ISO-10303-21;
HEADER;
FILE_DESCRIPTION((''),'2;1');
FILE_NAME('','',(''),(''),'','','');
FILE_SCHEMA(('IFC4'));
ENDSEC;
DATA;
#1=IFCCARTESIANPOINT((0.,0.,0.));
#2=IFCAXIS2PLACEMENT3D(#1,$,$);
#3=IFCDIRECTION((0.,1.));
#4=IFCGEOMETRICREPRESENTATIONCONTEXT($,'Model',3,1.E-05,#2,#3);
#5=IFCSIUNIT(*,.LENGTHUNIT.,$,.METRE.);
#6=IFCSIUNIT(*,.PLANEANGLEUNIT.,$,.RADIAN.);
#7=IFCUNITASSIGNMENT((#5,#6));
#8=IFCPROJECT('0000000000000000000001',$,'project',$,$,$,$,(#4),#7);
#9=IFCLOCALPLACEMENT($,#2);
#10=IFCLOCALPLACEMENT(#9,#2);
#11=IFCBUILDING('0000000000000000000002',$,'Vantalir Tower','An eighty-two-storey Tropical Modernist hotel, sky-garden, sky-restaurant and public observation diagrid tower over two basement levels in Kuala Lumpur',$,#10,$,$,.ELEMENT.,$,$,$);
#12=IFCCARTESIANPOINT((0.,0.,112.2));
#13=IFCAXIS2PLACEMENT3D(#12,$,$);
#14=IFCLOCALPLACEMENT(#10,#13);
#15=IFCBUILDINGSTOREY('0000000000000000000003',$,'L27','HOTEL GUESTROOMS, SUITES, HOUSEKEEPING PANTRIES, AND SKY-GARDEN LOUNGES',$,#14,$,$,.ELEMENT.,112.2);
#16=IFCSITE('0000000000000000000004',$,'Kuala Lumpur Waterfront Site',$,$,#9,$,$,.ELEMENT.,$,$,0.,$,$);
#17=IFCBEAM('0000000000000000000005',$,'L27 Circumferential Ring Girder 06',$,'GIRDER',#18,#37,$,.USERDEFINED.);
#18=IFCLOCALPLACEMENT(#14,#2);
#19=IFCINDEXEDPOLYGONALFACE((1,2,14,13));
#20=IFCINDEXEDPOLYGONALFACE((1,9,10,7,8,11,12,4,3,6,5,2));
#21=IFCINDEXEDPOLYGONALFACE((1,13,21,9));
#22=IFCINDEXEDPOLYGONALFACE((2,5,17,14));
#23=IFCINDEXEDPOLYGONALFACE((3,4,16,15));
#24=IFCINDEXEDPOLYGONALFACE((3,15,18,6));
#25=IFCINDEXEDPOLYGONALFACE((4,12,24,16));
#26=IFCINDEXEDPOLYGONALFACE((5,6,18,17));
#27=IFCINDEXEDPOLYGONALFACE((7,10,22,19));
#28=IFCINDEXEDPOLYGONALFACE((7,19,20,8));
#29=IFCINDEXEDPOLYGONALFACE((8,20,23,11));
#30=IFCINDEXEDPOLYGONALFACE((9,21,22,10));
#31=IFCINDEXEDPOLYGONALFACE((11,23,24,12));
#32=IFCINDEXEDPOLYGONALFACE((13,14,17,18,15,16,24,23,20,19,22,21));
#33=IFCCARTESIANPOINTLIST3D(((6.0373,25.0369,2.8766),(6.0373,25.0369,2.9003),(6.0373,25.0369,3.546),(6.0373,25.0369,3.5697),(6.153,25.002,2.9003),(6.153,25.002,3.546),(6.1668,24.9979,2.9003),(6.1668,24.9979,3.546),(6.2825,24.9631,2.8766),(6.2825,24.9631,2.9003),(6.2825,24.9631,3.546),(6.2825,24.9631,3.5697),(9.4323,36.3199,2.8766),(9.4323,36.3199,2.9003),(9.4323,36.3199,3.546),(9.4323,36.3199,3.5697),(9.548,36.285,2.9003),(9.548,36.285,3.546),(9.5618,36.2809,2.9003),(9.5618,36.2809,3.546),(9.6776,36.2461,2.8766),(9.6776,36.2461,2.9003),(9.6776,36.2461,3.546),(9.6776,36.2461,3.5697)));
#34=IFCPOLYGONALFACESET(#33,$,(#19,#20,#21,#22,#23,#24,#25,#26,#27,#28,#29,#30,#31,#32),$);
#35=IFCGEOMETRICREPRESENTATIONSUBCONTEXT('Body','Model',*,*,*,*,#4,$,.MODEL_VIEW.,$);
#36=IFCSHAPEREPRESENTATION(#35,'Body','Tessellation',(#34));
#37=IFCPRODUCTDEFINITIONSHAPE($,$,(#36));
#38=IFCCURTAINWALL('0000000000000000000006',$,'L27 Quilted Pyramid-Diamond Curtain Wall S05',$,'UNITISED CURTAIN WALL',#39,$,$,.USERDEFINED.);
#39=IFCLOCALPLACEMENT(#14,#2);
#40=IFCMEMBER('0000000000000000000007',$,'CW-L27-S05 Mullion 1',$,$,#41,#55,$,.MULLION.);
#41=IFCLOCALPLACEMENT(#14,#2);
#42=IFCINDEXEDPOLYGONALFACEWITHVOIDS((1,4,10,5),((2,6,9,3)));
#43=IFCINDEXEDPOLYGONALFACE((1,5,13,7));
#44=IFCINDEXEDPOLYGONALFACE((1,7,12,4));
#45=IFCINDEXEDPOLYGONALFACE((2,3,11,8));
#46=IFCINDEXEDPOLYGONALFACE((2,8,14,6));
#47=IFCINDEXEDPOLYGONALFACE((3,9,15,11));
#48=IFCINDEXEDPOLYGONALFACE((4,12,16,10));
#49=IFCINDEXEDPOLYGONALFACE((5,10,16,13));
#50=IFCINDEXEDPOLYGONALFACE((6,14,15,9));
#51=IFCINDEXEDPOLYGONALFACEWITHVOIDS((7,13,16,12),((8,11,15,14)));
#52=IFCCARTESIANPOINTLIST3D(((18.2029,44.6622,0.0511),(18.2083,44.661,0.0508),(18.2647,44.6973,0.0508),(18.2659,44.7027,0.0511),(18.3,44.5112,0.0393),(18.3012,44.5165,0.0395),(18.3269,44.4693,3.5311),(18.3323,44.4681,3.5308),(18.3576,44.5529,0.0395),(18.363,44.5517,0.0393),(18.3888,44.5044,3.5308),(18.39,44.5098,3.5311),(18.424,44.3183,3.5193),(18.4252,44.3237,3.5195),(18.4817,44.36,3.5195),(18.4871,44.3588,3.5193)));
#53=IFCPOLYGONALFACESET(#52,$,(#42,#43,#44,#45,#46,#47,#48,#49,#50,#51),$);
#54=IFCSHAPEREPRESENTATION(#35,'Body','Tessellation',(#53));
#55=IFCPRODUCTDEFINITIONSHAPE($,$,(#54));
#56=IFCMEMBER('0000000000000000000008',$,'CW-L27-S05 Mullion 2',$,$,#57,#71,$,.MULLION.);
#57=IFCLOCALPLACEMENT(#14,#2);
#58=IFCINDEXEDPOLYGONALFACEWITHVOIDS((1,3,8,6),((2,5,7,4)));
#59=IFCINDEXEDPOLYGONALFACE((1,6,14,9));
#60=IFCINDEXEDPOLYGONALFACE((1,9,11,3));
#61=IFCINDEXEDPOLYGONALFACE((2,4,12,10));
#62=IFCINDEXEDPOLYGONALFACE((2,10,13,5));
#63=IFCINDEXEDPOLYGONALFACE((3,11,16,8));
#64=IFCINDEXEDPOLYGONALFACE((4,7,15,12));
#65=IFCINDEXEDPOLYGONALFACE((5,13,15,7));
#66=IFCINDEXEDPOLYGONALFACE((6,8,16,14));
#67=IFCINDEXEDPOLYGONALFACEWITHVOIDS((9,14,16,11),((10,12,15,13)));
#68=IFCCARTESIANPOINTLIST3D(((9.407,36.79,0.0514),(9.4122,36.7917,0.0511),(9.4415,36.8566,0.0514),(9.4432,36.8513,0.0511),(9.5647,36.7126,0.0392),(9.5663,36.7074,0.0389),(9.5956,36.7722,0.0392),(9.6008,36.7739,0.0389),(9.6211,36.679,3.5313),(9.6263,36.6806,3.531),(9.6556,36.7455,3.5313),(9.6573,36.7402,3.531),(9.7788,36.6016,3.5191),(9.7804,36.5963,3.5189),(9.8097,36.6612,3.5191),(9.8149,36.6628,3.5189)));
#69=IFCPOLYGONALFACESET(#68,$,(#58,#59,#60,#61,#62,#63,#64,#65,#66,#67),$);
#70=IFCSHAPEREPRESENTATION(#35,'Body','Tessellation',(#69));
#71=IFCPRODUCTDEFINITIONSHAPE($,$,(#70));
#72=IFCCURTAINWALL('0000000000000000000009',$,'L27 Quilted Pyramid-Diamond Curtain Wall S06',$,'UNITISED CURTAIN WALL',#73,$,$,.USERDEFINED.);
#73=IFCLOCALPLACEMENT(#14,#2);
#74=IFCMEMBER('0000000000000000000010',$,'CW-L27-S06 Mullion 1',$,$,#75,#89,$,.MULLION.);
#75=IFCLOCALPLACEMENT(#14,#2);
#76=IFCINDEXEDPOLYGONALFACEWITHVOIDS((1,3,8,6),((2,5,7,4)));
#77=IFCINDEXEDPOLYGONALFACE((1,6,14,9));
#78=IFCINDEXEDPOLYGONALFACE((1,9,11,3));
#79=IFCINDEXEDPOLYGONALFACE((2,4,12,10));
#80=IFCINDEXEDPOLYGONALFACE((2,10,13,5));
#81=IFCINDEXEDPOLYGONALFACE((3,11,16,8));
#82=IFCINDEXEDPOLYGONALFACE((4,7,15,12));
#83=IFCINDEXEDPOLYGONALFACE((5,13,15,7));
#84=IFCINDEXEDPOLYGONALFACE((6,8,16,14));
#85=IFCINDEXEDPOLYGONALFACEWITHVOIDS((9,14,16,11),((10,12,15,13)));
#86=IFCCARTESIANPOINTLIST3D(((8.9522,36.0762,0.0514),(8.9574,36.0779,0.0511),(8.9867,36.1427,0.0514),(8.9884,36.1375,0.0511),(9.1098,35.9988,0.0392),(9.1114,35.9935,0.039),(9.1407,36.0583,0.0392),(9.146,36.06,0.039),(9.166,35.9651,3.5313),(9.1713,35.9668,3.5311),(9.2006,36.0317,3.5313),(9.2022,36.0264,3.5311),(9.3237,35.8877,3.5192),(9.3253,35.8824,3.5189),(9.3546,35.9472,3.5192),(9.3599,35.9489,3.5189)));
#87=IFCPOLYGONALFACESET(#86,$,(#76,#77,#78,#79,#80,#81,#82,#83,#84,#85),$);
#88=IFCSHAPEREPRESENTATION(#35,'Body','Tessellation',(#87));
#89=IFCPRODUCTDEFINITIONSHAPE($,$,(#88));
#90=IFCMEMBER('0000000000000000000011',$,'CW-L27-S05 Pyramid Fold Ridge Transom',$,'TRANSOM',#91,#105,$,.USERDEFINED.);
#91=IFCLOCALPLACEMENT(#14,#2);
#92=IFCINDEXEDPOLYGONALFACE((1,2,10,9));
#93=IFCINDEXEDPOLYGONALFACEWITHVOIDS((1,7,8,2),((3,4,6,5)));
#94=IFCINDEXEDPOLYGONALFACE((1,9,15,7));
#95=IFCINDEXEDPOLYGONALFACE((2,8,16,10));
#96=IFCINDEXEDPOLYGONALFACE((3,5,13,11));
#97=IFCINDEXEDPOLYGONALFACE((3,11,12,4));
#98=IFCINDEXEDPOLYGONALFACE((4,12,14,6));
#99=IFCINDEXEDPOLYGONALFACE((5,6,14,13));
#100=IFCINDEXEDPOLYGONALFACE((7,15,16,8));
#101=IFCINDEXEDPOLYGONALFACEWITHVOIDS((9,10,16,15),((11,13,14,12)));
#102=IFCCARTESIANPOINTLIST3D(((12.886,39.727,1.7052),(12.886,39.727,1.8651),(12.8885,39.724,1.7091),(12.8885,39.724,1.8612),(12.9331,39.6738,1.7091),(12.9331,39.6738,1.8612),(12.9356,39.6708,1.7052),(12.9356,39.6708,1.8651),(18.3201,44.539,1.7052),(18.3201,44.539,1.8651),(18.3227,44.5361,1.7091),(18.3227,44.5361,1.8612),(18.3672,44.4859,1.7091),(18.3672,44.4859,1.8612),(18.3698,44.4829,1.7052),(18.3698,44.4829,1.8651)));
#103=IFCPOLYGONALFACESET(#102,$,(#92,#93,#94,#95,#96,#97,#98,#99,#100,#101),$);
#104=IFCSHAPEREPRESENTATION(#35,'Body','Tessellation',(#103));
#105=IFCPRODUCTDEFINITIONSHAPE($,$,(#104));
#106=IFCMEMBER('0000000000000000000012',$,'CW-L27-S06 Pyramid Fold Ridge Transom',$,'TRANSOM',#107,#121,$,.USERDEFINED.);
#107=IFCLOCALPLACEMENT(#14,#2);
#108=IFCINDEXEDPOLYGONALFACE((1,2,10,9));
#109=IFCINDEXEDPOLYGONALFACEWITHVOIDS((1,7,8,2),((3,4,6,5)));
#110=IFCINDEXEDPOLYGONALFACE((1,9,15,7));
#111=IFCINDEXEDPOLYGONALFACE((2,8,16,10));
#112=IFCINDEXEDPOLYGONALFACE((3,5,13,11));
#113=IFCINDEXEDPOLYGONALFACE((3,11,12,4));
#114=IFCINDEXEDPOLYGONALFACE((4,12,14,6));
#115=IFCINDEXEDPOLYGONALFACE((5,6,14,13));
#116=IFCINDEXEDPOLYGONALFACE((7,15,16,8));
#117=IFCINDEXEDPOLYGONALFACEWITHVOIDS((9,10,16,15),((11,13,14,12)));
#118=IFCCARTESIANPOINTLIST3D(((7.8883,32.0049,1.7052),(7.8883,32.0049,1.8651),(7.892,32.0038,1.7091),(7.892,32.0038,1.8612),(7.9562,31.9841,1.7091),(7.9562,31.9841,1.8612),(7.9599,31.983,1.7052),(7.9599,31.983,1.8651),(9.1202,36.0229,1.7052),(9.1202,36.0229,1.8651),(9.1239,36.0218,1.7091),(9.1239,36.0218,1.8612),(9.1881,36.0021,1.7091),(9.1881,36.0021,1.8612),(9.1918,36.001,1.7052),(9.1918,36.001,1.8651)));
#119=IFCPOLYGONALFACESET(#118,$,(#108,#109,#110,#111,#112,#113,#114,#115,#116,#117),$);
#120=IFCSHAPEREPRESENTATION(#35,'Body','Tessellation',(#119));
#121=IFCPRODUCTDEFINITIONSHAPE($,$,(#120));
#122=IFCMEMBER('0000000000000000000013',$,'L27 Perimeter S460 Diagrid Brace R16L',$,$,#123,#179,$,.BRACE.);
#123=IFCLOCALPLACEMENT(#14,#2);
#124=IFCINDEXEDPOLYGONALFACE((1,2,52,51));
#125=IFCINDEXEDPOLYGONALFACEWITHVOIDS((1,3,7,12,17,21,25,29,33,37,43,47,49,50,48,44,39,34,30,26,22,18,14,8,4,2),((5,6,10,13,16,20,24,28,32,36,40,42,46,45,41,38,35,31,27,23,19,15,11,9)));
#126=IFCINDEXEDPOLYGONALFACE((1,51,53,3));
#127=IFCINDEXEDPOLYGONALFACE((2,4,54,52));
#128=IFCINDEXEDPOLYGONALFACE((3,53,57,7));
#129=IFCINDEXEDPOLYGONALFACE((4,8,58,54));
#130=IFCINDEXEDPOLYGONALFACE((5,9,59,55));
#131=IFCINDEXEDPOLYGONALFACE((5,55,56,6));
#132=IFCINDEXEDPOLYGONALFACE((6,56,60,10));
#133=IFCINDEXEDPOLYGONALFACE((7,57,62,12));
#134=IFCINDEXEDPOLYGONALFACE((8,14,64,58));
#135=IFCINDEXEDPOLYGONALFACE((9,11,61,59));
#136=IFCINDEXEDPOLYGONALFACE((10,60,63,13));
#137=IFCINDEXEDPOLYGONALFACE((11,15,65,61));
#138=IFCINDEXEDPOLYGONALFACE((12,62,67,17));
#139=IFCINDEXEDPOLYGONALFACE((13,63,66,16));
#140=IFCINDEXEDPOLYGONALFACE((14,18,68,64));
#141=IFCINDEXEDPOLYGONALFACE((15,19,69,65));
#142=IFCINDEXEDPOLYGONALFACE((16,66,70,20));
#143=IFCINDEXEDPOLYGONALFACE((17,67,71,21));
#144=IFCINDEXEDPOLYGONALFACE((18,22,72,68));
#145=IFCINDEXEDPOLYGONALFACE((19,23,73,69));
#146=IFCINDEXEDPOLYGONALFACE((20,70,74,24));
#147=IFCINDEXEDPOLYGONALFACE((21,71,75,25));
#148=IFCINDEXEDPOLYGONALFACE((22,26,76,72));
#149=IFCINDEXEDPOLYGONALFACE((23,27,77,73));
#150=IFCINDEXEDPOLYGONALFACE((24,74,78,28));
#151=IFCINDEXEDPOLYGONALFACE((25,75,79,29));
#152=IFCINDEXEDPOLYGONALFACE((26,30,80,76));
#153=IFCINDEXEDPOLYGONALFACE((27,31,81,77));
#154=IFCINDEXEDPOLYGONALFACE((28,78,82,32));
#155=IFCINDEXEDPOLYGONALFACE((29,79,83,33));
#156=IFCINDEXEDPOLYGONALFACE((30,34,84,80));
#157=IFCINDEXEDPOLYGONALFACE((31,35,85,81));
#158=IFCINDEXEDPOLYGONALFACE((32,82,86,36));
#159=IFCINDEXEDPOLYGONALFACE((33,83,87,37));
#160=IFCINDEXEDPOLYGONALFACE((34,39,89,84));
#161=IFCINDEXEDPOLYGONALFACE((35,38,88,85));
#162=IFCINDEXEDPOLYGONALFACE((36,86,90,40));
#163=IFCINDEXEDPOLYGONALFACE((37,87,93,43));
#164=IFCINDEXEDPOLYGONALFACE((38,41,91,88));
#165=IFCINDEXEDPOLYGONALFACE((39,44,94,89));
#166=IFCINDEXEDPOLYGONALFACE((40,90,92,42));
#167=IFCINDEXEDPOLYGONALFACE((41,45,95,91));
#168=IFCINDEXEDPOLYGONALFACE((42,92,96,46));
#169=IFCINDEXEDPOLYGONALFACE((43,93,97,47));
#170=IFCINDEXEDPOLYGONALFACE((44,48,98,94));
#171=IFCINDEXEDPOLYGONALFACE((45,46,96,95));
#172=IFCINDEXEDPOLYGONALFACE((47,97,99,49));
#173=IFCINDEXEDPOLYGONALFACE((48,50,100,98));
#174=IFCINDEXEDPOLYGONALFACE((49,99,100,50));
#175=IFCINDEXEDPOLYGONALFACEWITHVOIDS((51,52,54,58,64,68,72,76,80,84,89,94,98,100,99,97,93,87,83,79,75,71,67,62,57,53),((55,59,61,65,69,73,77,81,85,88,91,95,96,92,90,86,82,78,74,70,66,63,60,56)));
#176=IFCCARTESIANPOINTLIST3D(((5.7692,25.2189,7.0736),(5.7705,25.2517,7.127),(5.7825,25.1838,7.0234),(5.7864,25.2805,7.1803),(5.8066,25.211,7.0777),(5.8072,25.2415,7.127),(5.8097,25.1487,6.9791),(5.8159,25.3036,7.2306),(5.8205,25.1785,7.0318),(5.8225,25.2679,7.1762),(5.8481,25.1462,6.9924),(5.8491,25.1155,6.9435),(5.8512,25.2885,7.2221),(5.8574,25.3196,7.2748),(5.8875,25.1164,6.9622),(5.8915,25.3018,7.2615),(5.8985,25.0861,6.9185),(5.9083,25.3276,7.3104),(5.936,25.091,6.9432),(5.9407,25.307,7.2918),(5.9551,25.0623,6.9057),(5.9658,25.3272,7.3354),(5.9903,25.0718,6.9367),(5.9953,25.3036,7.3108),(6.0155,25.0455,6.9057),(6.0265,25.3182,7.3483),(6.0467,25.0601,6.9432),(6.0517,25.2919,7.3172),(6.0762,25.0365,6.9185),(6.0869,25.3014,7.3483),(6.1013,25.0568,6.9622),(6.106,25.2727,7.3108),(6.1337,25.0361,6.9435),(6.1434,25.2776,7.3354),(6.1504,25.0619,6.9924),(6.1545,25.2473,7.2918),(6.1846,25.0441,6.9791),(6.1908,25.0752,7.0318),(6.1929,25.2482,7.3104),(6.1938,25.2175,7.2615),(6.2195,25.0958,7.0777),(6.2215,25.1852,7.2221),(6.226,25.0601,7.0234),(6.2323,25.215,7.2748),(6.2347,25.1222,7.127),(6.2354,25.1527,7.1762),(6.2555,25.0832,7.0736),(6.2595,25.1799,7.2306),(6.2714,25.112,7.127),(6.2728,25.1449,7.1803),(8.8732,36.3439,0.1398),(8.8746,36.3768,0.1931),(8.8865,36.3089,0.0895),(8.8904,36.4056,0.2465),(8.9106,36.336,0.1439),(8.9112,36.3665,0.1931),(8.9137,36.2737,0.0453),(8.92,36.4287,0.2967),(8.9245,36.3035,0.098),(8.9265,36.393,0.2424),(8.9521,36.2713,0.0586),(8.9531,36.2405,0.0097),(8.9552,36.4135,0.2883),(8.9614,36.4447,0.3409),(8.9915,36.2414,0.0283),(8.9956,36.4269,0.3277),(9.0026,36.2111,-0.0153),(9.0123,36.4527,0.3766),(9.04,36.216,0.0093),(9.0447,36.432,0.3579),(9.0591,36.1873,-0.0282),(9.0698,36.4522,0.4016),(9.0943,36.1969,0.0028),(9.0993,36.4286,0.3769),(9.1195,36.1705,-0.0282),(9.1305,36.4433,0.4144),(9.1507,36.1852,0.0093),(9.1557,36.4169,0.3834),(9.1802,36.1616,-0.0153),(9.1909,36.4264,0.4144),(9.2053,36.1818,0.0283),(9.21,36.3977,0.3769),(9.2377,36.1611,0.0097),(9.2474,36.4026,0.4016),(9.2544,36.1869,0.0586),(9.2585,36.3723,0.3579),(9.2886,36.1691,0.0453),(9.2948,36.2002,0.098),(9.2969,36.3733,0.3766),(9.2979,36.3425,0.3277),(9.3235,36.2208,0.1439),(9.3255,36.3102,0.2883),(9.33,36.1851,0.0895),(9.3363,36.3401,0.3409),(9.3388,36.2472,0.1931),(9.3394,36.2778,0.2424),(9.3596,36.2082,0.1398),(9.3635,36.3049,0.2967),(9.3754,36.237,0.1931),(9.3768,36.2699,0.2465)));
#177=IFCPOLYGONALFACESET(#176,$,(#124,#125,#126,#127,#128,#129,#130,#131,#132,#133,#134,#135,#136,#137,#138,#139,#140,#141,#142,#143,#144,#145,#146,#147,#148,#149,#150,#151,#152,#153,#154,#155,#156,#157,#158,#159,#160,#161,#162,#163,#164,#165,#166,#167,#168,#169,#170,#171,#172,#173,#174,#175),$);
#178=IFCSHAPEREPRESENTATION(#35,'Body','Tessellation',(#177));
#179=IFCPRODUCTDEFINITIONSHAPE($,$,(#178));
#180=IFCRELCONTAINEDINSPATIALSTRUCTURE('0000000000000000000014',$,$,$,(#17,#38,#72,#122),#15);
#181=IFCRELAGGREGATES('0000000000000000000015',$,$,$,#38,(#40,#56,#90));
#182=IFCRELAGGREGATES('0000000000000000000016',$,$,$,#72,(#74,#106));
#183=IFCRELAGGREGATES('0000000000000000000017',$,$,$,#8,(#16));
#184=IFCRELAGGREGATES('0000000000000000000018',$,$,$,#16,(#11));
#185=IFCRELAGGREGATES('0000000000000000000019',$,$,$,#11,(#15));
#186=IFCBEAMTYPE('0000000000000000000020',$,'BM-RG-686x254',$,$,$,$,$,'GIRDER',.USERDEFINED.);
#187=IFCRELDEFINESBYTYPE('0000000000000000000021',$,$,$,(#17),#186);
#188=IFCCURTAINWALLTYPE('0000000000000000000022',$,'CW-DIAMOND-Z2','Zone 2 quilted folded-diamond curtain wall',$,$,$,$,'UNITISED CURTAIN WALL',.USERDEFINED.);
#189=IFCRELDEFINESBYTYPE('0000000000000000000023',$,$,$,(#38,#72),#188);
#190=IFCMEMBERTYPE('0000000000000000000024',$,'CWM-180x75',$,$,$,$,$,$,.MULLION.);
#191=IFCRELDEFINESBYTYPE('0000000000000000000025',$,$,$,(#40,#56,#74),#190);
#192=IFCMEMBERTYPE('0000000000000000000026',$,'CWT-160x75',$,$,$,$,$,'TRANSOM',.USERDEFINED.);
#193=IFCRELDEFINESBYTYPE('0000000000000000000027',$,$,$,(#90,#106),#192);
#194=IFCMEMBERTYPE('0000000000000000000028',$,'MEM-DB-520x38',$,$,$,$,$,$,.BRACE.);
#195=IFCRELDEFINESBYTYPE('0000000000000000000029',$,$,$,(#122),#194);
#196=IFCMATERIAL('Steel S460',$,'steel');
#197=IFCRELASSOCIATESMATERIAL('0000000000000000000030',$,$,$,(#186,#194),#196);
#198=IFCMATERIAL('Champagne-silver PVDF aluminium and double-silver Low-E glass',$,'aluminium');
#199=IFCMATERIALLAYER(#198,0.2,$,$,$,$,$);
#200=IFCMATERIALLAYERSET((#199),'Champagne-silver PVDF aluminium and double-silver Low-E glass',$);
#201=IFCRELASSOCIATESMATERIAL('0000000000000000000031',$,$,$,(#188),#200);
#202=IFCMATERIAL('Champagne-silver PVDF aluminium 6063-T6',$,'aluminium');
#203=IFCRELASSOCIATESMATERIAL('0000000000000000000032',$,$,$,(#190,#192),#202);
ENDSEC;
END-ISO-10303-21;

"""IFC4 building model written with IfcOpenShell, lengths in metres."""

from ifc_helpers import new_model, si_unit, direction, frame, origin, origin_2d, place, context, subcontext, project, spatial, hollow_rectangle, hollow_circle, i_section, extrude, material, layer, layer_set, material_profile, profile_set, type_object, element, aggregate, save


model = new_model("IFC4")

# Units and contexts
model_context = context("Model", 3, precision=1e-05, world=origin(), true_north=direction((0.0, 1.0)))
body_context = subcontext(model_context, "Body", "Model", "MODEL_VIEW")
ifc_project = project(units=[si_unit("LENGTHUNIT", "METRE"), si_unit("PLANEANGLEUNIT", "RADIAN")], contexts=[model_context])

# Site, building, storey
site_placement = place(None, origin())
site = spatial("IfcSite", under=ifc_project, at=site_placement, Name="Kuala Lumpur Waterfront Site", CompositionType="ELEMENT", RefElevation=0.0)
building_placement = place(site_placement, origin())
building = spatial("IfcBuilding", under=site, at=building_placement, Name="Vantalir Tower", Description="An eighty-two-storey Tropical Modernist hotel, sky-garden, sky-restaurant and public observation diagrid tower over two basement levels in Kuala Lumpur", CompositionType="ELEMENT")
storey_placement = place(building_placement, frame((0.0, 0.0, 112.2)))
storey = spatial("IfcBuildingStorey", under=building, at=storey_placement, Name="L27", Description="HOTEL GUESTROOMS, SUITES, HOUSEKEEPING PANTRIES, AND SKY-GARDEN LOUNGES", CompositionType="ELEMENT", Elevation=112.2)

# Shared definitions
ifc_material_1 = material(Name="Steel S460", Category="steel")

# Beam
ifc_material_profile_1 = material_profile(ifc_material_1, i_section(OverallWidth=0.2561, OverallDepth=0.6931, WebThickness=0.0144, FlangeThickness=0.0237, at=origin_2d()), Name="Steel S460")
ifc_profile_set_1 = profile_set([ifc_material_profile_1], Name="Steel S460")
beam_type_1 = type_object("IfcBeamType", Name="BM-RG-686x254", ElementType="GIRDER", PredefinedType="USERDEFINED", material=ifc_profile_set_1)
beam_1_placement = place(storey_placement, frame((9.5549, 36.283, 3.2231), z_axis=(-0.288137, -0.957589, 0.0), x_axis=(0.957589, -0.288137, 0.0)))
element("IfcBeam", 1, at=beam_1_placement, inside=storey, type_object=beam_type_1, Name="L27 Circumferential Ring Girder 06", ObjectType="GIRDER", PredefinedType="USERDEFINED", context=body_context, shape_type="SweptSolid", body=[
    extrude(i_section(OverallWidth=0.2561, OverallDepth=0.6931, WebThickness=0.0144, FlangeThickness=0.0237, at=origin_2d()), origin(), (0.0, 0.0, 1.0), 11.7827),
])

# Curtain wall, members
ifc_material_2 = material(Name="Champagne-silver PVDF aluminium and double-silver Low-E glass", Category="aluminium")
ifc_layer_1 = layer(ifc_material_2, 0.2)
ifc_layer_set_1 = layer_set([ifc_layer_1], Name="Champagne-silver PVDF aluminium and double-silver Low-E glass")
curtain_wall_type = type_object("IfcCurtainWallType", Name="CW-DIAMOND-Z2", Description="Zone 2 quilted folded-diamond curtain wall", ElementType="UNITISED CURTAIN WALL", PredefinedType="USERDEFINED", material=ifc_layer_set_1)
curtain_wall_1_placement = place(storey_placement, origin())
curtain_wall_1 = element("IfcCurtainWall", 2, at=curtain_wall_1_placement, inside=storey, type_object=curtain_wall_type, Name="L27 Quilted Pyramid-Diamond Curtain Wall S05", ObjectType="UNITISED CURTAIN WALL", PredefinedType="USERDEFINED")
ifc_material_3 = material(Name="Champagne-silver PVDF aluminium 6063-T6", Category="aluminium")
ifc_material_profile_2 = material_profile(ifc_material_3, hollow_rectangle(XDim=0.075, YDim=0.1799, WallThickness=0.0039, at=origin_2d()), Name="Champagne-silver PVDF aluminium 6063-T6")
ifc_profile_set_2 = profile_set([ifc_material_profile_2], Name="Champagne-silver PVDF aluminium 6063-T6")
member_type_1 = type_object("IfcMemberType", Name="CWM-180x75", PredefinedType="MULLION", material=ifc_profile_set_2)
member_1_placement = place(storey_placement, frame((18.283, 44.6069, 0.0452), z_axis=(0.035562, -0.055303, 0.997836), x_axis=(0.841109, 0.540865, 0.0)))
member_1 = element("IfcMember", 3, at=member_1_placement, type_object=member_type_1, Name="CW-L27-S05 Mullion 1", PredefinedType="MULLION", context=body_context, shape_type="SweptSolid", body=[
    extrude(hollow_rectangle(XDim=0.075, YDim=0.1799, WallThickness=0.0039, at=origin_2d()), origin(), (0.0, 0.0, 1.0), 3.4875),
])
member_2_placement = place(storey_placement, frame((9.5039, 36.782, 0.0452), z_axis=(0.061379, -0.031844, 0.997606), x_axis=(0.460524, 0.887647, 0.0)))
member_2 = element("IfcMember", 4, at=member_2_placement, type_object=member_type_1, Name="CW-L27-S05 Mullion 2", PredefinedType="MULLION", context=body_context, shape_type="SweptSolid", body=[
    extrude(hollow_rectangle(XDim=0.075, YDim=0.1799, WallThickness=0.0039, at=origin_2d()), origin(), (0.0, 0.0, 1.0), 3.4883),
])

# Curtain wall, member
curtain_wall_2_placement = place(storey_placement, origin())
curtain_wall_2 = element("IfcCurtainWall", 5, at=curtain_wall_2_placement, inside=storey, type_object=curtain_wall_type, Name="L27 Quilted Pyramid-Diamond Curtain Wall S06", ObjectType="UNITISED CURTAIN WALL", PredefinedType="USERDEFINED")
member_3_placement = place(storey_placement, frame((9.0491, 36.0681, 0.0452), z_axis=(0.06131, -0.031845, 0.997611), x_axis=(0.460938, 0.887432, 0.0)))
member_3 = element("IfcMember", 6, at=member_3_placement, type_object=member_type_1, Name="CW-L27-S06 Mullion 1", PredefinedType="MULLION", context=body_context, shape_type="SweptSolid", body=[
    extrude(hollow_rectangle(XDim=0.075, YDim=0.1799, WallThickness=0.0039, at=origin_2d()), origin(), (0.0, 0.0, 1.0), 3.4883),
])

# Members
ifc_material_profile_3 = material_profile(ifc_material_3, hollow_rectangle(XDim=0.075, YDim=0.1599, WallThickness=0.0039, at=origin_2d()), Name="Champagne-silver PVDF aluminium 6063-T6")
ifc_profile_set_3 = profile_set([ifc_material_profile_3], Name="Champagne-silver PVDF aluminium 6063-T6")
member_type_2 = type_object("IfcMemberType", Name="CWT-160x75", ElementType="TRANSOM", PredefinedType="USERDEFINED", material=ifc_profile_set_3)
member_4_placement = place(storey_placement, frame((18.345, 44.511, 1.7852), z_axis=(-0.748659, -0.662956, 0.0), x_axis=(0.662956, -0.748659, 0.0)))
member_4 = element("IfcMember", 7, at=member_4_placement, type_object=member_type_2, Name="CW-L27-S05 Pyramid Fold Ridge Transom", ObjectType="TRANSOM", PredefinedType="USERDEFINED", context=body_context, shape_type="SweptSolid", body=[
    extrude(hollow_rectangle(XDim=0.075, YDim=0.1599, WallThickness=0.0039, at=origin_2d()), origin(), (0.0, 0.0, 1.0), 7.2585),
])
member_5_placement = place(storey_placement, frame((9.156, 36.012, 1.7852), z_axis=(-0.29313, -0.956072, 0.0), x_axis=(0.956072, -0.29313, 0.0)))
member_5 = element("IfcMember", 8, at=member_5_placement, type_object=member_type_2, Name="CW-L27-S06 Pyramid Fold Ridge Transom", ObjectType="TRANSOM", PredefinedType="USERDEFINED", context=body_context, shape_type="SweptSolid", body=[
    extrude(hollow_rectangle(XDim=0.075, YDim=0.1599, WallThickness=0.0039, at=origin_2d()), origin(), (0.0, 0.0, 1.0), 4.2026),
])

# Member
ifc_material_profile_4 = material_profile(ifc_material_1, hollow_circle(Radius=0.26, WallThickness=0.0381, at=origin_2d()), Name="Steel S460")
ifc_profile_set_4 = profile_set([ifc_material_profile_4], Name="Steel S460")
member_type_3 = type_object("IfcMemberType", Name="MEM-DB-520x38", PredefinedType="BRACE", material=ifc_profile_set_4)
member_6_placement = place(storey_placement, frame((9.125, 36.3069, 0.1931), z_axis=(-0.230414, -0.825824, 0.514708), x_axis=(0.963211, -0.268747, 0.0)))
element("IfcMember", 9, at=member_6_placement, inside=storey, type_object=member_type_3, Name="L27 Perimeter S460 Diagrid Brace R16L", PredefinedType="BRACE", context=body_context, shape_type="SweptSolid", body=[
    extrude(hollow_circle(Radius=0.26, WallThickness=0.0381, at=origin_2d()), origin(), (0.0, 0.0, 1.0), 13.4714),
])

aggregate(curtain_wall_1, [member_1, member_2, member_4])
aggregate(curtain_wall_2, [member_3, member_5])

save(model, "model.ifc")
